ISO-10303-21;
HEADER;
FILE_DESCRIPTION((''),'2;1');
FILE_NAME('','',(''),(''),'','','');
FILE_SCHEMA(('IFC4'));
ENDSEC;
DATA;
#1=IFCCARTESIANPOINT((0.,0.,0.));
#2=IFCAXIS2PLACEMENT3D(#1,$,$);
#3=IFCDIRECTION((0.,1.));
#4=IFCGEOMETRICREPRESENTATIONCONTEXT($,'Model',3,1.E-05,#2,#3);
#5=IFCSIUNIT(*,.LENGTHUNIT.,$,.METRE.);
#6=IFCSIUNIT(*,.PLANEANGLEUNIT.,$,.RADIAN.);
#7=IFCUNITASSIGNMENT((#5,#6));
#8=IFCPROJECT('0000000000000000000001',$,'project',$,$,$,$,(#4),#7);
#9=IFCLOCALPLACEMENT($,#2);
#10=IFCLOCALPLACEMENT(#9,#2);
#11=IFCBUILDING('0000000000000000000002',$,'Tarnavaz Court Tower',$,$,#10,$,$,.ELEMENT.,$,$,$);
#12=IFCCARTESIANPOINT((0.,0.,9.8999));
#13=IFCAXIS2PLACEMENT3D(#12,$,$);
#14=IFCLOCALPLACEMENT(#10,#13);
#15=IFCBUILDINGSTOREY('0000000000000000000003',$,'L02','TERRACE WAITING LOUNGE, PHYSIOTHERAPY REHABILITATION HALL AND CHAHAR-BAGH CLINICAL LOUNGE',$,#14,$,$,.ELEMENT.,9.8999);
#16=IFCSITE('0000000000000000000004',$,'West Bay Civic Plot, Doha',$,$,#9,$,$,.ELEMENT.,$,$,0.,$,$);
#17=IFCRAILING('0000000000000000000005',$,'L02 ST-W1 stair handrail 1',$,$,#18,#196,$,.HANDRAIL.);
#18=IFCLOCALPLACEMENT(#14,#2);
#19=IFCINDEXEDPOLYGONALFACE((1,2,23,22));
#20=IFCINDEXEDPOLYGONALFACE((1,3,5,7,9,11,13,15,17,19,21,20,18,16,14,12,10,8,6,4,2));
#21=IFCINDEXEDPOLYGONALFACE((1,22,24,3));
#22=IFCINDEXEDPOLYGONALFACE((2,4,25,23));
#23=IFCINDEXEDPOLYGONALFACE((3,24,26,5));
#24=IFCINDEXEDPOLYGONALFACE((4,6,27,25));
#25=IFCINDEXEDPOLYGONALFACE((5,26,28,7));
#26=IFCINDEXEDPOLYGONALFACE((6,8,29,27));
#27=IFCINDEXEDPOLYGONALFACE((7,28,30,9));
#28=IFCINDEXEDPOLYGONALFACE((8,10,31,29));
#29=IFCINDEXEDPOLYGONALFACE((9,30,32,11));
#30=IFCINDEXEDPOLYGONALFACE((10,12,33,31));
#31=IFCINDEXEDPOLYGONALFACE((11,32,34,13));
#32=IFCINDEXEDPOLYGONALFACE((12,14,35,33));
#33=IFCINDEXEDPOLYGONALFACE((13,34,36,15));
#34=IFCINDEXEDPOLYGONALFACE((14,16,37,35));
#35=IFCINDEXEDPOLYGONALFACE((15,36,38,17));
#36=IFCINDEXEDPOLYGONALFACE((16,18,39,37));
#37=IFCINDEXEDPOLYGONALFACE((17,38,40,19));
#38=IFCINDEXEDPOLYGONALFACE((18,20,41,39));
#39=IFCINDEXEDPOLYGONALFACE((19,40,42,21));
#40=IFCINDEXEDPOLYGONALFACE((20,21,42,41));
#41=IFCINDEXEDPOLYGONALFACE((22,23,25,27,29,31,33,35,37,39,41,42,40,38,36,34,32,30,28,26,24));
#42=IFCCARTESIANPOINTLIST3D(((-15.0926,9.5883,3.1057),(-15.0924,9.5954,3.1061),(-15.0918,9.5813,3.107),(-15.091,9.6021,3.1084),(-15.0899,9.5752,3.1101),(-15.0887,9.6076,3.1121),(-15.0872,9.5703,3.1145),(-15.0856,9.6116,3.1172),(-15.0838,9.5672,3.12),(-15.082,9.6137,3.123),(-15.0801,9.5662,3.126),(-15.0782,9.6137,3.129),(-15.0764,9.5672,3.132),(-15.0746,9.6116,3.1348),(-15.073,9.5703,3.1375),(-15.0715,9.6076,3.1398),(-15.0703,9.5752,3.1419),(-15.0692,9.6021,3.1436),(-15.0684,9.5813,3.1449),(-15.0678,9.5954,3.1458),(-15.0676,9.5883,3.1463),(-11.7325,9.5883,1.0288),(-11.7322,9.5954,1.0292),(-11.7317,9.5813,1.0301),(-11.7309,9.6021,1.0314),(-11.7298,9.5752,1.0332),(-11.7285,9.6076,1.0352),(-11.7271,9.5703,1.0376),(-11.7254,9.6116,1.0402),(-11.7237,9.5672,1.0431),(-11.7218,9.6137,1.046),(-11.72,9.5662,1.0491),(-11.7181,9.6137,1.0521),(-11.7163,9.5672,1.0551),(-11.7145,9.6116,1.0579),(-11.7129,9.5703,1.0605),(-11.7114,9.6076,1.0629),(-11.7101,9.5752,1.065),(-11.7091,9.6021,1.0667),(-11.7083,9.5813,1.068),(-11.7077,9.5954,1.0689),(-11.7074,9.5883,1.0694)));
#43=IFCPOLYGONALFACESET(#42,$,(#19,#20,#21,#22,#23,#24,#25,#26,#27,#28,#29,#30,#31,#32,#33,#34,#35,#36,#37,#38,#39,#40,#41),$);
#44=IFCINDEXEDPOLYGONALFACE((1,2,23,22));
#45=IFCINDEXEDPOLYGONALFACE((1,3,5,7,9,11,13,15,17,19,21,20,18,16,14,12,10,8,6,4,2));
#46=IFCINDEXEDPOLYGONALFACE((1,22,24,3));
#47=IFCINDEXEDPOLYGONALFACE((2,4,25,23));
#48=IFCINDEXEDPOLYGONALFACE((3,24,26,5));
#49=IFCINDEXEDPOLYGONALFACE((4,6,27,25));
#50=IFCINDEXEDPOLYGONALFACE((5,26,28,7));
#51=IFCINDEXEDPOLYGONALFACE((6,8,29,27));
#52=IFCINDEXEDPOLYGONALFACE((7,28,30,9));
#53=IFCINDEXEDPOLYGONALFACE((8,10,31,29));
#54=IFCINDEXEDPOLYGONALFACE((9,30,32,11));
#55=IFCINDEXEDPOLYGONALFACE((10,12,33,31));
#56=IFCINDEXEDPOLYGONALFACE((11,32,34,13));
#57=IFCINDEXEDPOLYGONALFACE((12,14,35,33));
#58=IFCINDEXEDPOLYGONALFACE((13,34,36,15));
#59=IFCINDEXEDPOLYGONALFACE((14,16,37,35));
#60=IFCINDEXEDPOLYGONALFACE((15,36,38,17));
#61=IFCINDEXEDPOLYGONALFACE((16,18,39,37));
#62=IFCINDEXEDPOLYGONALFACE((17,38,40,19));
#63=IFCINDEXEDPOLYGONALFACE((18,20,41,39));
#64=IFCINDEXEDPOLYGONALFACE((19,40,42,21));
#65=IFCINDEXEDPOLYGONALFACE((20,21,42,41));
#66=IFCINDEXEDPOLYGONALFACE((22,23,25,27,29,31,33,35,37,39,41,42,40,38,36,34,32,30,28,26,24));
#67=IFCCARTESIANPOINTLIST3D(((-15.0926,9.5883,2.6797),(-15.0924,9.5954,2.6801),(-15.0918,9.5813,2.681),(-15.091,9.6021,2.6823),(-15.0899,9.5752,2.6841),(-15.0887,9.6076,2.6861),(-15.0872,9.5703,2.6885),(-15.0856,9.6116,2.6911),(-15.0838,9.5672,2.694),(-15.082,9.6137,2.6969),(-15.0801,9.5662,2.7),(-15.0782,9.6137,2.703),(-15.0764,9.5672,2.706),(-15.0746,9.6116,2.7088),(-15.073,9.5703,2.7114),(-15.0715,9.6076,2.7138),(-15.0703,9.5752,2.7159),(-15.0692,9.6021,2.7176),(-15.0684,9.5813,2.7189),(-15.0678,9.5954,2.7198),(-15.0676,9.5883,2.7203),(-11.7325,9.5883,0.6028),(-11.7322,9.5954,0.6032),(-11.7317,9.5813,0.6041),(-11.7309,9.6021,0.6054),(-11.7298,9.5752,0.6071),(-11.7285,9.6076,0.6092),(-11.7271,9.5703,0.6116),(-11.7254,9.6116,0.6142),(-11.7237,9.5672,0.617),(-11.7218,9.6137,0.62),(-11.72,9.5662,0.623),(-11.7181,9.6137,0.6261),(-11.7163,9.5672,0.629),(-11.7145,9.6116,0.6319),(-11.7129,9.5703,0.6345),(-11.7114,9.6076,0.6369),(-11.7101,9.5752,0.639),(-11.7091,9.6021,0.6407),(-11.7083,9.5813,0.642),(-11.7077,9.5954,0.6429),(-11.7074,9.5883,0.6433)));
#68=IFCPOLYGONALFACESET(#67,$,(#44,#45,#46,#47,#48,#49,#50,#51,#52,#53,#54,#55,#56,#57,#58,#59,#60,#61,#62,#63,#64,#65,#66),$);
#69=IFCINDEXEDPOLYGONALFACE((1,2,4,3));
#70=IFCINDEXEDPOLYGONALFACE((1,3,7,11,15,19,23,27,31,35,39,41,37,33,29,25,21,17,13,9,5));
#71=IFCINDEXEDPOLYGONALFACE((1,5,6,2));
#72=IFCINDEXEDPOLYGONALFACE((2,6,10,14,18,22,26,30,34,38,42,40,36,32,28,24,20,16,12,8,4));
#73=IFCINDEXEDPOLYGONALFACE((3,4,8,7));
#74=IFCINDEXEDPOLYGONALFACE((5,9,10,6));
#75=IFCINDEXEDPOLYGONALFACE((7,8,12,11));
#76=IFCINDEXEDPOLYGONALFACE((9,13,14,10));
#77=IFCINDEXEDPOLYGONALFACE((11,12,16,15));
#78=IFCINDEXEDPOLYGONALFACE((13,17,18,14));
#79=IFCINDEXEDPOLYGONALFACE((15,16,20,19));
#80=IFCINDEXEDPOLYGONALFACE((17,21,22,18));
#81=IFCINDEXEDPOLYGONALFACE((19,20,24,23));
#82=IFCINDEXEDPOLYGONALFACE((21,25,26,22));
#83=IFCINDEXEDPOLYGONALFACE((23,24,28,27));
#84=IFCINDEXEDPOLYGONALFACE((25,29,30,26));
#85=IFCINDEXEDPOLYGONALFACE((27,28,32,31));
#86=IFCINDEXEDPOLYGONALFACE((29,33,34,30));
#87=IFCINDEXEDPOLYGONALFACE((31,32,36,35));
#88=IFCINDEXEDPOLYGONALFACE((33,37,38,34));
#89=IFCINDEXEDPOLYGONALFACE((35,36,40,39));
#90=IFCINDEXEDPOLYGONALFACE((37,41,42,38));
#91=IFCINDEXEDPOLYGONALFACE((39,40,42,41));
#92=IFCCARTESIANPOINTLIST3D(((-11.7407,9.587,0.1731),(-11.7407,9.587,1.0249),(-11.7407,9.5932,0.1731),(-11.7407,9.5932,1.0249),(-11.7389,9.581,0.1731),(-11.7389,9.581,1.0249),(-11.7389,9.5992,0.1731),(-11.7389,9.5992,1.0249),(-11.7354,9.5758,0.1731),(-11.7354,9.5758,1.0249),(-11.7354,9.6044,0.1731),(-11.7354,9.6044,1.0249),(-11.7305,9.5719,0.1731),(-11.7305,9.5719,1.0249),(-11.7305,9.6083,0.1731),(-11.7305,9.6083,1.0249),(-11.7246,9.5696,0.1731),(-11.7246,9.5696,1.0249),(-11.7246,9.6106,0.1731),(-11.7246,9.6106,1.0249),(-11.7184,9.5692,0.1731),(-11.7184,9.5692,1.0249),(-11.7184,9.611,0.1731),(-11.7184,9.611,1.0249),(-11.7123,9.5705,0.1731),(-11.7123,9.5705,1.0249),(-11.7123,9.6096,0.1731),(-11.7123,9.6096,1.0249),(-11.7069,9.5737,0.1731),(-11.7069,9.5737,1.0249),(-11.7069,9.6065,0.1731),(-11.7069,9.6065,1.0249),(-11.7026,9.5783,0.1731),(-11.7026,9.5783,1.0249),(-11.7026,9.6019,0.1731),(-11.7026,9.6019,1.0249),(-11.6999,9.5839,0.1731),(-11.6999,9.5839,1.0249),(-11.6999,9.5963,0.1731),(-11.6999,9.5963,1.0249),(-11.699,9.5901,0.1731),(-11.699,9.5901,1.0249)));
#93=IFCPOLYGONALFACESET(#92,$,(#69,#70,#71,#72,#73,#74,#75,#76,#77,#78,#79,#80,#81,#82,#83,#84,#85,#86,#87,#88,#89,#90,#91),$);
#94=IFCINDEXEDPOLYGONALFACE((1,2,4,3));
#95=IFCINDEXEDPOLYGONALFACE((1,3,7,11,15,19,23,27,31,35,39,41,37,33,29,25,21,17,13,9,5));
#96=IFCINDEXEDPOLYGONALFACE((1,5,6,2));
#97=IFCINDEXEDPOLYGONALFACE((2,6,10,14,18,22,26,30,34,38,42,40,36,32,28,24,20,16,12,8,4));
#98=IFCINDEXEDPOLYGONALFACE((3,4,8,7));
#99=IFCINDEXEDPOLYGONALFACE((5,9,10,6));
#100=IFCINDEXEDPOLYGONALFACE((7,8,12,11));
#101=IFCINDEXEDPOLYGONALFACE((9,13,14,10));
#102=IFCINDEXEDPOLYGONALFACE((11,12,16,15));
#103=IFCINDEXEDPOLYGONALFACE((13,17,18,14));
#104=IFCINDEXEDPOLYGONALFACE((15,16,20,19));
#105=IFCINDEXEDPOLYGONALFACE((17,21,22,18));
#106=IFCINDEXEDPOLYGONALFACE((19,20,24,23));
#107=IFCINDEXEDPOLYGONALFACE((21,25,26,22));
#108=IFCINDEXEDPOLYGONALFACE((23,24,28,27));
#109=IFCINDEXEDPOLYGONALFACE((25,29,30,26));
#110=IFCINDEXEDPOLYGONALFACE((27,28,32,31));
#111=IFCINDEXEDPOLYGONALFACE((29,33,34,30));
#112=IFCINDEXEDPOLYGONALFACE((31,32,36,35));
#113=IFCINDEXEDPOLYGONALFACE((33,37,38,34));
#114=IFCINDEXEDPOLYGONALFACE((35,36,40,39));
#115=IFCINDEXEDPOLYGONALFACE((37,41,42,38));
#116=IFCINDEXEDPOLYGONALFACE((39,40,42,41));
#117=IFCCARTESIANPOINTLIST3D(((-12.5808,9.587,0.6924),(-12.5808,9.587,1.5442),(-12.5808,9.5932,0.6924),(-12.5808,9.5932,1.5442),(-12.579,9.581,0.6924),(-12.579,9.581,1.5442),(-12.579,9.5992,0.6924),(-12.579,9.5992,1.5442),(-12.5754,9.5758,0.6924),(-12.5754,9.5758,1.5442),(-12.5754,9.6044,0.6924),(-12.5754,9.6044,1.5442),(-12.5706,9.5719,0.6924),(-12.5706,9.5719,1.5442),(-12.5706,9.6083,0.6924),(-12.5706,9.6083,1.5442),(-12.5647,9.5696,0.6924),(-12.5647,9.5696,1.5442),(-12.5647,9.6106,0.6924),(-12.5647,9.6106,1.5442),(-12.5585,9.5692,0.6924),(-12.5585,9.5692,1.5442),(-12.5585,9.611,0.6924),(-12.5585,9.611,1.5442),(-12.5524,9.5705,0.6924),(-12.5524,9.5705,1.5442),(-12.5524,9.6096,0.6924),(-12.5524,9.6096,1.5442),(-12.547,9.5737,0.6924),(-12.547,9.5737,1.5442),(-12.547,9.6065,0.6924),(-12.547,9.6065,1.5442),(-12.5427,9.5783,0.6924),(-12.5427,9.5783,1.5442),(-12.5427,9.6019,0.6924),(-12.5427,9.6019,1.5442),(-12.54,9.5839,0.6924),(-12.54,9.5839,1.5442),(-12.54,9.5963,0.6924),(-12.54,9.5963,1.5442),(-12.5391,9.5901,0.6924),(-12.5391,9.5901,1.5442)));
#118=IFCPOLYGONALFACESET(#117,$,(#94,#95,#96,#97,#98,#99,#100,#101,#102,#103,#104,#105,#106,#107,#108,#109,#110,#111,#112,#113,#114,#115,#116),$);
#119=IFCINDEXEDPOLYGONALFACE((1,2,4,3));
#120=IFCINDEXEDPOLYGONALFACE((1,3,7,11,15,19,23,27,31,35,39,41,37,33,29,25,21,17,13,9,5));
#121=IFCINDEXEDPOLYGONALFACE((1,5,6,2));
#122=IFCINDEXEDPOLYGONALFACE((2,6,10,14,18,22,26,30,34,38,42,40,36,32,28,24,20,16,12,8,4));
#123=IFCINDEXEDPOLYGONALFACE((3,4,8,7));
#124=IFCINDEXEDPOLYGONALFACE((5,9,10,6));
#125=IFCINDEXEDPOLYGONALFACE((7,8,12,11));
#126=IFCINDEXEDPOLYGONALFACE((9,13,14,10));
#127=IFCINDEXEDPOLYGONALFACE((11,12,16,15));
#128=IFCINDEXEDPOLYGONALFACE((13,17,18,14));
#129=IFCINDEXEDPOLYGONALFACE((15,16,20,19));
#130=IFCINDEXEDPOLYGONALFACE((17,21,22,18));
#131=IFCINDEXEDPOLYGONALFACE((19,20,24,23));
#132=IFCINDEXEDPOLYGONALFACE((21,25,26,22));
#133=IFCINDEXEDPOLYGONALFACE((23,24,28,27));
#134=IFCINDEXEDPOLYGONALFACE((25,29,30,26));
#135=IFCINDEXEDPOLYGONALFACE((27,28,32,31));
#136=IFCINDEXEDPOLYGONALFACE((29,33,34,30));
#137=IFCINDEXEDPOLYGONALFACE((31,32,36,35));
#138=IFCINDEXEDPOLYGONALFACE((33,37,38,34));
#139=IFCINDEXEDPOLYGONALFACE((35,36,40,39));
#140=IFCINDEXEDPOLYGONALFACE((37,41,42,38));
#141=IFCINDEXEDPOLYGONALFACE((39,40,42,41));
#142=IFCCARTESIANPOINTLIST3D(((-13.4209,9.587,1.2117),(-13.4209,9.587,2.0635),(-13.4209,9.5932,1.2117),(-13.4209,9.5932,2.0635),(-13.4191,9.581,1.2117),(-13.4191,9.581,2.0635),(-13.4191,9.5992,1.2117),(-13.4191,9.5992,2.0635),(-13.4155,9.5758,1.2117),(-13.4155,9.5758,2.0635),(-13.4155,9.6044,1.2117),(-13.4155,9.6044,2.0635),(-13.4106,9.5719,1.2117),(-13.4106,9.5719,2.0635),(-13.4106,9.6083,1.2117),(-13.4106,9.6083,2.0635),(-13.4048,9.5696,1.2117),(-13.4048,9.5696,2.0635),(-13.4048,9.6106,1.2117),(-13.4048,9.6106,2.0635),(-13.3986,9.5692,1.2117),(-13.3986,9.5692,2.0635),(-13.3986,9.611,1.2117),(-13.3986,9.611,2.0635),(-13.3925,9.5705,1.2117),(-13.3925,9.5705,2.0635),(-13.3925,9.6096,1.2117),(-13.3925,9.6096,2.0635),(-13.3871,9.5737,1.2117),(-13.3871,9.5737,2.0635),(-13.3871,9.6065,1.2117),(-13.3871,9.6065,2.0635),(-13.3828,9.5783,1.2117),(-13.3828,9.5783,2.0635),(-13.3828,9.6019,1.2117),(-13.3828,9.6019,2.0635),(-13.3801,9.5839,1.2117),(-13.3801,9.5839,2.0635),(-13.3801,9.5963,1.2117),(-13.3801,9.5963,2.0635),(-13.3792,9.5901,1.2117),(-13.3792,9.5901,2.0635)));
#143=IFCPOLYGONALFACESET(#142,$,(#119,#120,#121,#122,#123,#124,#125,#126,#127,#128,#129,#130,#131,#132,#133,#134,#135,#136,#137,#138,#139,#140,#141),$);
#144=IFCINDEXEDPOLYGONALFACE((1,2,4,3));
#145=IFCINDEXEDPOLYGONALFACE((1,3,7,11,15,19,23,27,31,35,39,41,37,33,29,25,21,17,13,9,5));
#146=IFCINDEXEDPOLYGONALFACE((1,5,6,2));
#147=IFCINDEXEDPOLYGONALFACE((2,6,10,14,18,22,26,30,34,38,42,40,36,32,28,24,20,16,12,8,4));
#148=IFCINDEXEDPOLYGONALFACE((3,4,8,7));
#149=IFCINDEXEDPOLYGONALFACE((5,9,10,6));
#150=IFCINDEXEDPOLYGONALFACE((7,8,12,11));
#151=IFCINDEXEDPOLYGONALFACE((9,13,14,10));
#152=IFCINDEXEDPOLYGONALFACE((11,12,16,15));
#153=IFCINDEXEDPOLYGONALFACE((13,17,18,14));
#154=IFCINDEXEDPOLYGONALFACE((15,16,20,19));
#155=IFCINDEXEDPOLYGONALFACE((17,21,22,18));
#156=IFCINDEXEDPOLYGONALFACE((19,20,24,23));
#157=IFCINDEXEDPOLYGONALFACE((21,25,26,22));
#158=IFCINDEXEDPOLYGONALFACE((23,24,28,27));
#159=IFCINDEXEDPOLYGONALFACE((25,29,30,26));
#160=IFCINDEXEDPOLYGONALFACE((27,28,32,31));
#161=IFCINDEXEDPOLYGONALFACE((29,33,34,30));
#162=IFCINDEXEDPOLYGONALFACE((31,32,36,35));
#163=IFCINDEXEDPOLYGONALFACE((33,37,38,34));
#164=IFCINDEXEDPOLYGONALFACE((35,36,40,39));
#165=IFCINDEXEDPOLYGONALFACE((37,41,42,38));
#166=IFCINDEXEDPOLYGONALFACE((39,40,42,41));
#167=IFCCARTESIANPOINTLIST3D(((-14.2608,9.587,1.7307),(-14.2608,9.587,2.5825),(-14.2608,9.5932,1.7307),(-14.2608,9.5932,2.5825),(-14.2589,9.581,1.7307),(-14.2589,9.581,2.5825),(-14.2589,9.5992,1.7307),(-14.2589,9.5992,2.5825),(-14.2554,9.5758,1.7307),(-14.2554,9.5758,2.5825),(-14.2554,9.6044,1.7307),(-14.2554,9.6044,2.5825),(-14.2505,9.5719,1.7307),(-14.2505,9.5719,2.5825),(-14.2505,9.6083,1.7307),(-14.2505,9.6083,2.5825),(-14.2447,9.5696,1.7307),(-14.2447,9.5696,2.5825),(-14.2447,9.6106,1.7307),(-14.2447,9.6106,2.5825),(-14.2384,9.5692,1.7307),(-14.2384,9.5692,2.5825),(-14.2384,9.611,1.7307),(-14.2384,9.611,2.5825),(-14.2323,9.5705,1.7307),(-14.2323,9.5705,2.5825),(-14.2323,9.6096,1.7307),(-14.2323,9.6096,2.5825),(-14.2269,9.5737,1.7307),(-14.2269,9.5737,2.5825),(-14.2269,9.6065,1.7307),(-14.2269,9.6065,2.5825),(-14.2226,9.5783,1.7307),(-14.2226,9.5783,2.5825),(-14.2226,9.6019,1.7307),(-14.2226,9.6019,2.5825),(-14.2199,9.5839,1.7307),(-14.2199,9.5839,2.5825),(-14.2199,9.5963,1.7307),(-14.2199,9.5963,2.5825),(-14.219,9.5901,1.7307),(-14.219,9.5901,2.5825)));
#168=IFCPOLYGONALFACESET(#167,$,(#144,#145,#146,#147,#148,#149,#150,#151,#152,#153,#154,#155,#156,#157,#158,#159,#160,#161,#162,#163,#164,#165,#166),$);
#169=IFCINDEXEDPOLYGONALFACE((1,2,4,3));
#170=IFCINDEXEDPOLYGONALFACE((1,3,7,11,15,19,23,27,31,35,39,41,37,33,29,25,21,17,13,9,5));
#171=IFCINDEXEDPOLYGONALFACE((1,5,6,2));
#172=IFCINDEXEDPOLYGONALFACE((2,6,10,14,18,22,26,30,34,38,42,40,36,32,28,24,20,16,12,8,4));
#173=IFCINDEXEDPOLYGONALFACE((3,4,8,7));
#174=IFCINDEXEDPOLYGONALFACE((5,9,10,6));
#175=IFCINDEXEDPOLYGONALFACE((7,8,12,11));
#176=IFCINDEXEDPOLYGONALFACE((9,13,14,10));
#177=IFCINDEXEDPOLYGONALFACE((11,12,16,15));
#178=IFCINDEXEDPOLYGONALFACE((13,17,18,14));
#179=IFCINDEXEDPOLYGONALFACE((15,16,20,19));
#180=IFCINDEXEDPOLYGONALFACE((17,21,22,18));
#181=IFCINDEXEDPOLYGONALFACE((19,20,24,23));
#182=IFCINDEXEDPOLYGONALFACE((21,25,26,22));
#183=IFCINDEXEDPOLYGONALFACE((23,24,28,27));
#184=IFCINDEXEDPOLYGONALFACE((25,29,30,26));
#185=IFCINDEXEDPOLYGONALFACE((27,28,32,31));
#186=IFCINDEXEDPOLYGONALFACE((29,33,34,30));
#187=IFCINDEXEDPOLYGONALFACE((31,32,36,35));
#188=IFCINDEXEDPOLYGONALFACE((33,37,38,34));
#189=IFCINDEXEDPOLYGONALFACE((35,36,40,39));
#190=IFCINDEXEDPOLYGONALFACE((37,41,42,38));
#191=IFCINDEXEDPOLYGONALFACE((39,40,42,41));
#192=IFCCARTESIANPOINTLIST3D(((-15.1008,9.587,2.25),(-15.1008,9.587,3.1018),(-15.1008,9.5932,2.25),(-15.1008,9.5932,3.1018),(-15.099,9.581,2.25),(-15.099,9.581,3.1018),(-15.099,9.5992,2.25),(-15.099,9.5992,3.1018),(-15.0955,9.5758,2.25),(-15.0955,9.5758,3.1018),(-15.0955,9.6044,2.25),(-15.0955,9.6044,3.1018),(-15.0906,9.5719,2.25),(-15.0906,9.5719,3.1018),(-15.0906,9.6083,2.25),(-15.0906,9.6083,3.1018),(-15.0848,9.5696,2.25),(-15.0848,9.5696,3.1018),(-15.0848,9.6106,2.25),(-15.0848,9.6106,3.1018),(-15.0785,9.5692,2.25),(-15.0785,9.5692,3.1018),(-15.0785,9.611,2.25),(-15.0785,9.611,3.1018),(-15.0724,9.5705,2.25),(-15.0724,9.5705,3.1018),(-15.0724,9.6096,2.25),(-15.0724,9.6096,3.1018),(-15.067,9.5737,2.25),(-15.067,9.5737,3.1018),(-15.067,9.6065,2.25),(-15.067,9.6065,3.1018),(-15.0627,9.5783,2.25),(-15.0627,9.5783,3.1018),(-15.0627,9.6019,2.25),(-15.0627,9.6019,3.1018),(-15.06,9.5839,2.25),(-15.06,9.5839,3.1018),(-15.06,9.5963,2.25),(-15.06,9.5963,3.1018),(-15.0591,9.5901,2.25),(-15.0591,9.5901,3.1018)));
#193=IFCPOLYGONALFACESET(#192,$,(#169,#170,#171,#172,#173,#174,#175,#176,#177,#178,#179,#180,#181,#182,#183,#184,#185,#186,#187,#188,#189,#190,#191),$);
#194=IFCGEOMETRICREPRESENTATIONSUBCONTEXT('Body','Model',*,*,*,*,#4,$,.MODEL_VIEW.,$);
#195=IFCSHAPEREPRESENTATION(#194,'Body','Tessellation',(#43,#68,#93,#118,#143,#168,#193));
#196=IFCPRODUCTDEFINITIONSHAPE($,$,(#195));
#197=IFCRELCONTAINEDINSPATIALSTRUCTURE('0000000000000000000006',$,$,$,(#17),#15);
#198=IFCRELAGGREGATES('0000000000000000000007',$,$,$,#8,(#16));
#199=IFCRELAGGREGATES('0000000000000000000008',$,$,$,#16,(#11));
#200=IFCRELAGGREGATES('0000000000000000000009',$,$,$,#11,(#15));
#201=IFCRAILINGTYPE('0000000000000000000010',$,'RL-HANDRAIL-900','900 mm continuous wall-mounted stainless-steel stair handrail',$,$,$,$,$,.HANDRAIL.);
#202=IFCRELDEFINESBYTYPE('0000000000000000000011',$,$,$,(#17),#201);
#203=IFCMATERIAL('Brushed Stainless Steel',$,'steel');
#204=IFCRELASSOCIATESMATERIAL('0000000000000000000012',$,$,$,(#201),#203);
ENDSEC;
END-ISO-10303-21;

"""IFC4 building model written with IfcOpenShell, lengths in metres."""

from ifc_helpers import new_model, si_unit, direction, frame, origin, origin_2d, place, context, subcontext, project, spatial, circle, extrude, material, type_object, element, save


model = new_model("IFC4")

# Units and contexts
model_context = context("Model", 3, precision=1e-05, world=origin(), true_north=direction((0.0, 1.0)))
body_context = subcontext(model_context, "Body", "Model", "MODEL_VIEW")
ifc_project = project(units=[si_unit("LENGTHUNIT", "METRE"), si_unit("PLANEANGLEUNIT", "RADIAN")], contexts=[model_context])

# Site, building, storey
site_placement = place(None, origin())
site = spatial("IfcSite", under=ifc_project, at=site_placement, Name="West Bay Civic Plot, Doha", CompositionType="ELEMENT", RefElevation=0.0)
building_placement = place(site_placement, origin())
building = spatial("IfcBuilding", under=site, at=building_placement, Name="Tarnavaz Court Tower", CompositionType="ELEMENT")
storey_placement = place(building_placement, frame((0.0, 0.0, 9.8999)))
storey = spatial("IfcBuildingStorey", under=building, at=storey_placement, Name="L02", Description="TERRACE WAITING LOUNGE, PHYSIOTHERAPY REHABILITATION HALL AND CHAHAR-BAGH CLINICAL LOUNGE", CompositionType="ELEMENT", Elevation=9.8999)

# Railing
ifc_material_1 = material(Name="Brushed Stainless Steel", Category="steel")
railing_type_1 = type_object("IfcRailingType", Name="RL-HANDRAIL-900", Description="900 mm continuous wall-mounted stainless-steel stair handrail", PredefinedType="HANDRAIL", material=ifc_material_1)
railing_1_placement = place(storey_placement, frame((-11.72, 9.5901, 0.1731)))
element("IfcRailing", 1, at=railing_1_placement, inside=storey, type_object=railing_type_1, Name="L02 ST-W1 stair handrail 1", PredefinedType="HANDRAIL", context=body_context, shape_type="SweptSolid", body=[
    extrude(circle(Radius=0.0239, at=origin_2d()), frame((0.0, 0.0, 0.876), z_axis=(-0.850623, 0.0, 0.525776), x_axis=(0.0, -1.0, 0.0)), (0.0, 0.0, 1.0), 3.9502),
    extrude(circle(Radius=0.0239, at=origin_2d()), frame((0.0, 0.0, 0.45), z_axis=(-0.850623, 0.0, 0.525776), x_axis=(0.0, -1.0, 0.0)), (0.0, 0.0, 1.0), 3.9502),
    extrude(circle(Radius=0.021, at=origin_2d()), origin(), (0.0, 0.0, 1.0), 0.8518),
    extrude(circle(Radius=0.021, at=origin_2d()), frame((-0.8401, 0.0, 0.5193)), (0.0, 0.0, 1.0), 0.8518),
    extrude(circle(Radius=0.021, at=origin_2d()), frame((-1.6802, 0.0, 1.0386)), (0.0, 0.0, 1.0), 0.8518),
    extrude(circle(Radius=0.021, at=origin_2d()), frame((-2.52, 0.0, 1.5576)), (0.0, 0.0, 1.0), 0.8518),
    extrude(circle(Radius=0.021, at=origin_2d()), frame((-3.3601, 0.0, 2.0769)), (0.0, 0.0, 1.0), 0.8518),
])

save(model, "model.ifc")
